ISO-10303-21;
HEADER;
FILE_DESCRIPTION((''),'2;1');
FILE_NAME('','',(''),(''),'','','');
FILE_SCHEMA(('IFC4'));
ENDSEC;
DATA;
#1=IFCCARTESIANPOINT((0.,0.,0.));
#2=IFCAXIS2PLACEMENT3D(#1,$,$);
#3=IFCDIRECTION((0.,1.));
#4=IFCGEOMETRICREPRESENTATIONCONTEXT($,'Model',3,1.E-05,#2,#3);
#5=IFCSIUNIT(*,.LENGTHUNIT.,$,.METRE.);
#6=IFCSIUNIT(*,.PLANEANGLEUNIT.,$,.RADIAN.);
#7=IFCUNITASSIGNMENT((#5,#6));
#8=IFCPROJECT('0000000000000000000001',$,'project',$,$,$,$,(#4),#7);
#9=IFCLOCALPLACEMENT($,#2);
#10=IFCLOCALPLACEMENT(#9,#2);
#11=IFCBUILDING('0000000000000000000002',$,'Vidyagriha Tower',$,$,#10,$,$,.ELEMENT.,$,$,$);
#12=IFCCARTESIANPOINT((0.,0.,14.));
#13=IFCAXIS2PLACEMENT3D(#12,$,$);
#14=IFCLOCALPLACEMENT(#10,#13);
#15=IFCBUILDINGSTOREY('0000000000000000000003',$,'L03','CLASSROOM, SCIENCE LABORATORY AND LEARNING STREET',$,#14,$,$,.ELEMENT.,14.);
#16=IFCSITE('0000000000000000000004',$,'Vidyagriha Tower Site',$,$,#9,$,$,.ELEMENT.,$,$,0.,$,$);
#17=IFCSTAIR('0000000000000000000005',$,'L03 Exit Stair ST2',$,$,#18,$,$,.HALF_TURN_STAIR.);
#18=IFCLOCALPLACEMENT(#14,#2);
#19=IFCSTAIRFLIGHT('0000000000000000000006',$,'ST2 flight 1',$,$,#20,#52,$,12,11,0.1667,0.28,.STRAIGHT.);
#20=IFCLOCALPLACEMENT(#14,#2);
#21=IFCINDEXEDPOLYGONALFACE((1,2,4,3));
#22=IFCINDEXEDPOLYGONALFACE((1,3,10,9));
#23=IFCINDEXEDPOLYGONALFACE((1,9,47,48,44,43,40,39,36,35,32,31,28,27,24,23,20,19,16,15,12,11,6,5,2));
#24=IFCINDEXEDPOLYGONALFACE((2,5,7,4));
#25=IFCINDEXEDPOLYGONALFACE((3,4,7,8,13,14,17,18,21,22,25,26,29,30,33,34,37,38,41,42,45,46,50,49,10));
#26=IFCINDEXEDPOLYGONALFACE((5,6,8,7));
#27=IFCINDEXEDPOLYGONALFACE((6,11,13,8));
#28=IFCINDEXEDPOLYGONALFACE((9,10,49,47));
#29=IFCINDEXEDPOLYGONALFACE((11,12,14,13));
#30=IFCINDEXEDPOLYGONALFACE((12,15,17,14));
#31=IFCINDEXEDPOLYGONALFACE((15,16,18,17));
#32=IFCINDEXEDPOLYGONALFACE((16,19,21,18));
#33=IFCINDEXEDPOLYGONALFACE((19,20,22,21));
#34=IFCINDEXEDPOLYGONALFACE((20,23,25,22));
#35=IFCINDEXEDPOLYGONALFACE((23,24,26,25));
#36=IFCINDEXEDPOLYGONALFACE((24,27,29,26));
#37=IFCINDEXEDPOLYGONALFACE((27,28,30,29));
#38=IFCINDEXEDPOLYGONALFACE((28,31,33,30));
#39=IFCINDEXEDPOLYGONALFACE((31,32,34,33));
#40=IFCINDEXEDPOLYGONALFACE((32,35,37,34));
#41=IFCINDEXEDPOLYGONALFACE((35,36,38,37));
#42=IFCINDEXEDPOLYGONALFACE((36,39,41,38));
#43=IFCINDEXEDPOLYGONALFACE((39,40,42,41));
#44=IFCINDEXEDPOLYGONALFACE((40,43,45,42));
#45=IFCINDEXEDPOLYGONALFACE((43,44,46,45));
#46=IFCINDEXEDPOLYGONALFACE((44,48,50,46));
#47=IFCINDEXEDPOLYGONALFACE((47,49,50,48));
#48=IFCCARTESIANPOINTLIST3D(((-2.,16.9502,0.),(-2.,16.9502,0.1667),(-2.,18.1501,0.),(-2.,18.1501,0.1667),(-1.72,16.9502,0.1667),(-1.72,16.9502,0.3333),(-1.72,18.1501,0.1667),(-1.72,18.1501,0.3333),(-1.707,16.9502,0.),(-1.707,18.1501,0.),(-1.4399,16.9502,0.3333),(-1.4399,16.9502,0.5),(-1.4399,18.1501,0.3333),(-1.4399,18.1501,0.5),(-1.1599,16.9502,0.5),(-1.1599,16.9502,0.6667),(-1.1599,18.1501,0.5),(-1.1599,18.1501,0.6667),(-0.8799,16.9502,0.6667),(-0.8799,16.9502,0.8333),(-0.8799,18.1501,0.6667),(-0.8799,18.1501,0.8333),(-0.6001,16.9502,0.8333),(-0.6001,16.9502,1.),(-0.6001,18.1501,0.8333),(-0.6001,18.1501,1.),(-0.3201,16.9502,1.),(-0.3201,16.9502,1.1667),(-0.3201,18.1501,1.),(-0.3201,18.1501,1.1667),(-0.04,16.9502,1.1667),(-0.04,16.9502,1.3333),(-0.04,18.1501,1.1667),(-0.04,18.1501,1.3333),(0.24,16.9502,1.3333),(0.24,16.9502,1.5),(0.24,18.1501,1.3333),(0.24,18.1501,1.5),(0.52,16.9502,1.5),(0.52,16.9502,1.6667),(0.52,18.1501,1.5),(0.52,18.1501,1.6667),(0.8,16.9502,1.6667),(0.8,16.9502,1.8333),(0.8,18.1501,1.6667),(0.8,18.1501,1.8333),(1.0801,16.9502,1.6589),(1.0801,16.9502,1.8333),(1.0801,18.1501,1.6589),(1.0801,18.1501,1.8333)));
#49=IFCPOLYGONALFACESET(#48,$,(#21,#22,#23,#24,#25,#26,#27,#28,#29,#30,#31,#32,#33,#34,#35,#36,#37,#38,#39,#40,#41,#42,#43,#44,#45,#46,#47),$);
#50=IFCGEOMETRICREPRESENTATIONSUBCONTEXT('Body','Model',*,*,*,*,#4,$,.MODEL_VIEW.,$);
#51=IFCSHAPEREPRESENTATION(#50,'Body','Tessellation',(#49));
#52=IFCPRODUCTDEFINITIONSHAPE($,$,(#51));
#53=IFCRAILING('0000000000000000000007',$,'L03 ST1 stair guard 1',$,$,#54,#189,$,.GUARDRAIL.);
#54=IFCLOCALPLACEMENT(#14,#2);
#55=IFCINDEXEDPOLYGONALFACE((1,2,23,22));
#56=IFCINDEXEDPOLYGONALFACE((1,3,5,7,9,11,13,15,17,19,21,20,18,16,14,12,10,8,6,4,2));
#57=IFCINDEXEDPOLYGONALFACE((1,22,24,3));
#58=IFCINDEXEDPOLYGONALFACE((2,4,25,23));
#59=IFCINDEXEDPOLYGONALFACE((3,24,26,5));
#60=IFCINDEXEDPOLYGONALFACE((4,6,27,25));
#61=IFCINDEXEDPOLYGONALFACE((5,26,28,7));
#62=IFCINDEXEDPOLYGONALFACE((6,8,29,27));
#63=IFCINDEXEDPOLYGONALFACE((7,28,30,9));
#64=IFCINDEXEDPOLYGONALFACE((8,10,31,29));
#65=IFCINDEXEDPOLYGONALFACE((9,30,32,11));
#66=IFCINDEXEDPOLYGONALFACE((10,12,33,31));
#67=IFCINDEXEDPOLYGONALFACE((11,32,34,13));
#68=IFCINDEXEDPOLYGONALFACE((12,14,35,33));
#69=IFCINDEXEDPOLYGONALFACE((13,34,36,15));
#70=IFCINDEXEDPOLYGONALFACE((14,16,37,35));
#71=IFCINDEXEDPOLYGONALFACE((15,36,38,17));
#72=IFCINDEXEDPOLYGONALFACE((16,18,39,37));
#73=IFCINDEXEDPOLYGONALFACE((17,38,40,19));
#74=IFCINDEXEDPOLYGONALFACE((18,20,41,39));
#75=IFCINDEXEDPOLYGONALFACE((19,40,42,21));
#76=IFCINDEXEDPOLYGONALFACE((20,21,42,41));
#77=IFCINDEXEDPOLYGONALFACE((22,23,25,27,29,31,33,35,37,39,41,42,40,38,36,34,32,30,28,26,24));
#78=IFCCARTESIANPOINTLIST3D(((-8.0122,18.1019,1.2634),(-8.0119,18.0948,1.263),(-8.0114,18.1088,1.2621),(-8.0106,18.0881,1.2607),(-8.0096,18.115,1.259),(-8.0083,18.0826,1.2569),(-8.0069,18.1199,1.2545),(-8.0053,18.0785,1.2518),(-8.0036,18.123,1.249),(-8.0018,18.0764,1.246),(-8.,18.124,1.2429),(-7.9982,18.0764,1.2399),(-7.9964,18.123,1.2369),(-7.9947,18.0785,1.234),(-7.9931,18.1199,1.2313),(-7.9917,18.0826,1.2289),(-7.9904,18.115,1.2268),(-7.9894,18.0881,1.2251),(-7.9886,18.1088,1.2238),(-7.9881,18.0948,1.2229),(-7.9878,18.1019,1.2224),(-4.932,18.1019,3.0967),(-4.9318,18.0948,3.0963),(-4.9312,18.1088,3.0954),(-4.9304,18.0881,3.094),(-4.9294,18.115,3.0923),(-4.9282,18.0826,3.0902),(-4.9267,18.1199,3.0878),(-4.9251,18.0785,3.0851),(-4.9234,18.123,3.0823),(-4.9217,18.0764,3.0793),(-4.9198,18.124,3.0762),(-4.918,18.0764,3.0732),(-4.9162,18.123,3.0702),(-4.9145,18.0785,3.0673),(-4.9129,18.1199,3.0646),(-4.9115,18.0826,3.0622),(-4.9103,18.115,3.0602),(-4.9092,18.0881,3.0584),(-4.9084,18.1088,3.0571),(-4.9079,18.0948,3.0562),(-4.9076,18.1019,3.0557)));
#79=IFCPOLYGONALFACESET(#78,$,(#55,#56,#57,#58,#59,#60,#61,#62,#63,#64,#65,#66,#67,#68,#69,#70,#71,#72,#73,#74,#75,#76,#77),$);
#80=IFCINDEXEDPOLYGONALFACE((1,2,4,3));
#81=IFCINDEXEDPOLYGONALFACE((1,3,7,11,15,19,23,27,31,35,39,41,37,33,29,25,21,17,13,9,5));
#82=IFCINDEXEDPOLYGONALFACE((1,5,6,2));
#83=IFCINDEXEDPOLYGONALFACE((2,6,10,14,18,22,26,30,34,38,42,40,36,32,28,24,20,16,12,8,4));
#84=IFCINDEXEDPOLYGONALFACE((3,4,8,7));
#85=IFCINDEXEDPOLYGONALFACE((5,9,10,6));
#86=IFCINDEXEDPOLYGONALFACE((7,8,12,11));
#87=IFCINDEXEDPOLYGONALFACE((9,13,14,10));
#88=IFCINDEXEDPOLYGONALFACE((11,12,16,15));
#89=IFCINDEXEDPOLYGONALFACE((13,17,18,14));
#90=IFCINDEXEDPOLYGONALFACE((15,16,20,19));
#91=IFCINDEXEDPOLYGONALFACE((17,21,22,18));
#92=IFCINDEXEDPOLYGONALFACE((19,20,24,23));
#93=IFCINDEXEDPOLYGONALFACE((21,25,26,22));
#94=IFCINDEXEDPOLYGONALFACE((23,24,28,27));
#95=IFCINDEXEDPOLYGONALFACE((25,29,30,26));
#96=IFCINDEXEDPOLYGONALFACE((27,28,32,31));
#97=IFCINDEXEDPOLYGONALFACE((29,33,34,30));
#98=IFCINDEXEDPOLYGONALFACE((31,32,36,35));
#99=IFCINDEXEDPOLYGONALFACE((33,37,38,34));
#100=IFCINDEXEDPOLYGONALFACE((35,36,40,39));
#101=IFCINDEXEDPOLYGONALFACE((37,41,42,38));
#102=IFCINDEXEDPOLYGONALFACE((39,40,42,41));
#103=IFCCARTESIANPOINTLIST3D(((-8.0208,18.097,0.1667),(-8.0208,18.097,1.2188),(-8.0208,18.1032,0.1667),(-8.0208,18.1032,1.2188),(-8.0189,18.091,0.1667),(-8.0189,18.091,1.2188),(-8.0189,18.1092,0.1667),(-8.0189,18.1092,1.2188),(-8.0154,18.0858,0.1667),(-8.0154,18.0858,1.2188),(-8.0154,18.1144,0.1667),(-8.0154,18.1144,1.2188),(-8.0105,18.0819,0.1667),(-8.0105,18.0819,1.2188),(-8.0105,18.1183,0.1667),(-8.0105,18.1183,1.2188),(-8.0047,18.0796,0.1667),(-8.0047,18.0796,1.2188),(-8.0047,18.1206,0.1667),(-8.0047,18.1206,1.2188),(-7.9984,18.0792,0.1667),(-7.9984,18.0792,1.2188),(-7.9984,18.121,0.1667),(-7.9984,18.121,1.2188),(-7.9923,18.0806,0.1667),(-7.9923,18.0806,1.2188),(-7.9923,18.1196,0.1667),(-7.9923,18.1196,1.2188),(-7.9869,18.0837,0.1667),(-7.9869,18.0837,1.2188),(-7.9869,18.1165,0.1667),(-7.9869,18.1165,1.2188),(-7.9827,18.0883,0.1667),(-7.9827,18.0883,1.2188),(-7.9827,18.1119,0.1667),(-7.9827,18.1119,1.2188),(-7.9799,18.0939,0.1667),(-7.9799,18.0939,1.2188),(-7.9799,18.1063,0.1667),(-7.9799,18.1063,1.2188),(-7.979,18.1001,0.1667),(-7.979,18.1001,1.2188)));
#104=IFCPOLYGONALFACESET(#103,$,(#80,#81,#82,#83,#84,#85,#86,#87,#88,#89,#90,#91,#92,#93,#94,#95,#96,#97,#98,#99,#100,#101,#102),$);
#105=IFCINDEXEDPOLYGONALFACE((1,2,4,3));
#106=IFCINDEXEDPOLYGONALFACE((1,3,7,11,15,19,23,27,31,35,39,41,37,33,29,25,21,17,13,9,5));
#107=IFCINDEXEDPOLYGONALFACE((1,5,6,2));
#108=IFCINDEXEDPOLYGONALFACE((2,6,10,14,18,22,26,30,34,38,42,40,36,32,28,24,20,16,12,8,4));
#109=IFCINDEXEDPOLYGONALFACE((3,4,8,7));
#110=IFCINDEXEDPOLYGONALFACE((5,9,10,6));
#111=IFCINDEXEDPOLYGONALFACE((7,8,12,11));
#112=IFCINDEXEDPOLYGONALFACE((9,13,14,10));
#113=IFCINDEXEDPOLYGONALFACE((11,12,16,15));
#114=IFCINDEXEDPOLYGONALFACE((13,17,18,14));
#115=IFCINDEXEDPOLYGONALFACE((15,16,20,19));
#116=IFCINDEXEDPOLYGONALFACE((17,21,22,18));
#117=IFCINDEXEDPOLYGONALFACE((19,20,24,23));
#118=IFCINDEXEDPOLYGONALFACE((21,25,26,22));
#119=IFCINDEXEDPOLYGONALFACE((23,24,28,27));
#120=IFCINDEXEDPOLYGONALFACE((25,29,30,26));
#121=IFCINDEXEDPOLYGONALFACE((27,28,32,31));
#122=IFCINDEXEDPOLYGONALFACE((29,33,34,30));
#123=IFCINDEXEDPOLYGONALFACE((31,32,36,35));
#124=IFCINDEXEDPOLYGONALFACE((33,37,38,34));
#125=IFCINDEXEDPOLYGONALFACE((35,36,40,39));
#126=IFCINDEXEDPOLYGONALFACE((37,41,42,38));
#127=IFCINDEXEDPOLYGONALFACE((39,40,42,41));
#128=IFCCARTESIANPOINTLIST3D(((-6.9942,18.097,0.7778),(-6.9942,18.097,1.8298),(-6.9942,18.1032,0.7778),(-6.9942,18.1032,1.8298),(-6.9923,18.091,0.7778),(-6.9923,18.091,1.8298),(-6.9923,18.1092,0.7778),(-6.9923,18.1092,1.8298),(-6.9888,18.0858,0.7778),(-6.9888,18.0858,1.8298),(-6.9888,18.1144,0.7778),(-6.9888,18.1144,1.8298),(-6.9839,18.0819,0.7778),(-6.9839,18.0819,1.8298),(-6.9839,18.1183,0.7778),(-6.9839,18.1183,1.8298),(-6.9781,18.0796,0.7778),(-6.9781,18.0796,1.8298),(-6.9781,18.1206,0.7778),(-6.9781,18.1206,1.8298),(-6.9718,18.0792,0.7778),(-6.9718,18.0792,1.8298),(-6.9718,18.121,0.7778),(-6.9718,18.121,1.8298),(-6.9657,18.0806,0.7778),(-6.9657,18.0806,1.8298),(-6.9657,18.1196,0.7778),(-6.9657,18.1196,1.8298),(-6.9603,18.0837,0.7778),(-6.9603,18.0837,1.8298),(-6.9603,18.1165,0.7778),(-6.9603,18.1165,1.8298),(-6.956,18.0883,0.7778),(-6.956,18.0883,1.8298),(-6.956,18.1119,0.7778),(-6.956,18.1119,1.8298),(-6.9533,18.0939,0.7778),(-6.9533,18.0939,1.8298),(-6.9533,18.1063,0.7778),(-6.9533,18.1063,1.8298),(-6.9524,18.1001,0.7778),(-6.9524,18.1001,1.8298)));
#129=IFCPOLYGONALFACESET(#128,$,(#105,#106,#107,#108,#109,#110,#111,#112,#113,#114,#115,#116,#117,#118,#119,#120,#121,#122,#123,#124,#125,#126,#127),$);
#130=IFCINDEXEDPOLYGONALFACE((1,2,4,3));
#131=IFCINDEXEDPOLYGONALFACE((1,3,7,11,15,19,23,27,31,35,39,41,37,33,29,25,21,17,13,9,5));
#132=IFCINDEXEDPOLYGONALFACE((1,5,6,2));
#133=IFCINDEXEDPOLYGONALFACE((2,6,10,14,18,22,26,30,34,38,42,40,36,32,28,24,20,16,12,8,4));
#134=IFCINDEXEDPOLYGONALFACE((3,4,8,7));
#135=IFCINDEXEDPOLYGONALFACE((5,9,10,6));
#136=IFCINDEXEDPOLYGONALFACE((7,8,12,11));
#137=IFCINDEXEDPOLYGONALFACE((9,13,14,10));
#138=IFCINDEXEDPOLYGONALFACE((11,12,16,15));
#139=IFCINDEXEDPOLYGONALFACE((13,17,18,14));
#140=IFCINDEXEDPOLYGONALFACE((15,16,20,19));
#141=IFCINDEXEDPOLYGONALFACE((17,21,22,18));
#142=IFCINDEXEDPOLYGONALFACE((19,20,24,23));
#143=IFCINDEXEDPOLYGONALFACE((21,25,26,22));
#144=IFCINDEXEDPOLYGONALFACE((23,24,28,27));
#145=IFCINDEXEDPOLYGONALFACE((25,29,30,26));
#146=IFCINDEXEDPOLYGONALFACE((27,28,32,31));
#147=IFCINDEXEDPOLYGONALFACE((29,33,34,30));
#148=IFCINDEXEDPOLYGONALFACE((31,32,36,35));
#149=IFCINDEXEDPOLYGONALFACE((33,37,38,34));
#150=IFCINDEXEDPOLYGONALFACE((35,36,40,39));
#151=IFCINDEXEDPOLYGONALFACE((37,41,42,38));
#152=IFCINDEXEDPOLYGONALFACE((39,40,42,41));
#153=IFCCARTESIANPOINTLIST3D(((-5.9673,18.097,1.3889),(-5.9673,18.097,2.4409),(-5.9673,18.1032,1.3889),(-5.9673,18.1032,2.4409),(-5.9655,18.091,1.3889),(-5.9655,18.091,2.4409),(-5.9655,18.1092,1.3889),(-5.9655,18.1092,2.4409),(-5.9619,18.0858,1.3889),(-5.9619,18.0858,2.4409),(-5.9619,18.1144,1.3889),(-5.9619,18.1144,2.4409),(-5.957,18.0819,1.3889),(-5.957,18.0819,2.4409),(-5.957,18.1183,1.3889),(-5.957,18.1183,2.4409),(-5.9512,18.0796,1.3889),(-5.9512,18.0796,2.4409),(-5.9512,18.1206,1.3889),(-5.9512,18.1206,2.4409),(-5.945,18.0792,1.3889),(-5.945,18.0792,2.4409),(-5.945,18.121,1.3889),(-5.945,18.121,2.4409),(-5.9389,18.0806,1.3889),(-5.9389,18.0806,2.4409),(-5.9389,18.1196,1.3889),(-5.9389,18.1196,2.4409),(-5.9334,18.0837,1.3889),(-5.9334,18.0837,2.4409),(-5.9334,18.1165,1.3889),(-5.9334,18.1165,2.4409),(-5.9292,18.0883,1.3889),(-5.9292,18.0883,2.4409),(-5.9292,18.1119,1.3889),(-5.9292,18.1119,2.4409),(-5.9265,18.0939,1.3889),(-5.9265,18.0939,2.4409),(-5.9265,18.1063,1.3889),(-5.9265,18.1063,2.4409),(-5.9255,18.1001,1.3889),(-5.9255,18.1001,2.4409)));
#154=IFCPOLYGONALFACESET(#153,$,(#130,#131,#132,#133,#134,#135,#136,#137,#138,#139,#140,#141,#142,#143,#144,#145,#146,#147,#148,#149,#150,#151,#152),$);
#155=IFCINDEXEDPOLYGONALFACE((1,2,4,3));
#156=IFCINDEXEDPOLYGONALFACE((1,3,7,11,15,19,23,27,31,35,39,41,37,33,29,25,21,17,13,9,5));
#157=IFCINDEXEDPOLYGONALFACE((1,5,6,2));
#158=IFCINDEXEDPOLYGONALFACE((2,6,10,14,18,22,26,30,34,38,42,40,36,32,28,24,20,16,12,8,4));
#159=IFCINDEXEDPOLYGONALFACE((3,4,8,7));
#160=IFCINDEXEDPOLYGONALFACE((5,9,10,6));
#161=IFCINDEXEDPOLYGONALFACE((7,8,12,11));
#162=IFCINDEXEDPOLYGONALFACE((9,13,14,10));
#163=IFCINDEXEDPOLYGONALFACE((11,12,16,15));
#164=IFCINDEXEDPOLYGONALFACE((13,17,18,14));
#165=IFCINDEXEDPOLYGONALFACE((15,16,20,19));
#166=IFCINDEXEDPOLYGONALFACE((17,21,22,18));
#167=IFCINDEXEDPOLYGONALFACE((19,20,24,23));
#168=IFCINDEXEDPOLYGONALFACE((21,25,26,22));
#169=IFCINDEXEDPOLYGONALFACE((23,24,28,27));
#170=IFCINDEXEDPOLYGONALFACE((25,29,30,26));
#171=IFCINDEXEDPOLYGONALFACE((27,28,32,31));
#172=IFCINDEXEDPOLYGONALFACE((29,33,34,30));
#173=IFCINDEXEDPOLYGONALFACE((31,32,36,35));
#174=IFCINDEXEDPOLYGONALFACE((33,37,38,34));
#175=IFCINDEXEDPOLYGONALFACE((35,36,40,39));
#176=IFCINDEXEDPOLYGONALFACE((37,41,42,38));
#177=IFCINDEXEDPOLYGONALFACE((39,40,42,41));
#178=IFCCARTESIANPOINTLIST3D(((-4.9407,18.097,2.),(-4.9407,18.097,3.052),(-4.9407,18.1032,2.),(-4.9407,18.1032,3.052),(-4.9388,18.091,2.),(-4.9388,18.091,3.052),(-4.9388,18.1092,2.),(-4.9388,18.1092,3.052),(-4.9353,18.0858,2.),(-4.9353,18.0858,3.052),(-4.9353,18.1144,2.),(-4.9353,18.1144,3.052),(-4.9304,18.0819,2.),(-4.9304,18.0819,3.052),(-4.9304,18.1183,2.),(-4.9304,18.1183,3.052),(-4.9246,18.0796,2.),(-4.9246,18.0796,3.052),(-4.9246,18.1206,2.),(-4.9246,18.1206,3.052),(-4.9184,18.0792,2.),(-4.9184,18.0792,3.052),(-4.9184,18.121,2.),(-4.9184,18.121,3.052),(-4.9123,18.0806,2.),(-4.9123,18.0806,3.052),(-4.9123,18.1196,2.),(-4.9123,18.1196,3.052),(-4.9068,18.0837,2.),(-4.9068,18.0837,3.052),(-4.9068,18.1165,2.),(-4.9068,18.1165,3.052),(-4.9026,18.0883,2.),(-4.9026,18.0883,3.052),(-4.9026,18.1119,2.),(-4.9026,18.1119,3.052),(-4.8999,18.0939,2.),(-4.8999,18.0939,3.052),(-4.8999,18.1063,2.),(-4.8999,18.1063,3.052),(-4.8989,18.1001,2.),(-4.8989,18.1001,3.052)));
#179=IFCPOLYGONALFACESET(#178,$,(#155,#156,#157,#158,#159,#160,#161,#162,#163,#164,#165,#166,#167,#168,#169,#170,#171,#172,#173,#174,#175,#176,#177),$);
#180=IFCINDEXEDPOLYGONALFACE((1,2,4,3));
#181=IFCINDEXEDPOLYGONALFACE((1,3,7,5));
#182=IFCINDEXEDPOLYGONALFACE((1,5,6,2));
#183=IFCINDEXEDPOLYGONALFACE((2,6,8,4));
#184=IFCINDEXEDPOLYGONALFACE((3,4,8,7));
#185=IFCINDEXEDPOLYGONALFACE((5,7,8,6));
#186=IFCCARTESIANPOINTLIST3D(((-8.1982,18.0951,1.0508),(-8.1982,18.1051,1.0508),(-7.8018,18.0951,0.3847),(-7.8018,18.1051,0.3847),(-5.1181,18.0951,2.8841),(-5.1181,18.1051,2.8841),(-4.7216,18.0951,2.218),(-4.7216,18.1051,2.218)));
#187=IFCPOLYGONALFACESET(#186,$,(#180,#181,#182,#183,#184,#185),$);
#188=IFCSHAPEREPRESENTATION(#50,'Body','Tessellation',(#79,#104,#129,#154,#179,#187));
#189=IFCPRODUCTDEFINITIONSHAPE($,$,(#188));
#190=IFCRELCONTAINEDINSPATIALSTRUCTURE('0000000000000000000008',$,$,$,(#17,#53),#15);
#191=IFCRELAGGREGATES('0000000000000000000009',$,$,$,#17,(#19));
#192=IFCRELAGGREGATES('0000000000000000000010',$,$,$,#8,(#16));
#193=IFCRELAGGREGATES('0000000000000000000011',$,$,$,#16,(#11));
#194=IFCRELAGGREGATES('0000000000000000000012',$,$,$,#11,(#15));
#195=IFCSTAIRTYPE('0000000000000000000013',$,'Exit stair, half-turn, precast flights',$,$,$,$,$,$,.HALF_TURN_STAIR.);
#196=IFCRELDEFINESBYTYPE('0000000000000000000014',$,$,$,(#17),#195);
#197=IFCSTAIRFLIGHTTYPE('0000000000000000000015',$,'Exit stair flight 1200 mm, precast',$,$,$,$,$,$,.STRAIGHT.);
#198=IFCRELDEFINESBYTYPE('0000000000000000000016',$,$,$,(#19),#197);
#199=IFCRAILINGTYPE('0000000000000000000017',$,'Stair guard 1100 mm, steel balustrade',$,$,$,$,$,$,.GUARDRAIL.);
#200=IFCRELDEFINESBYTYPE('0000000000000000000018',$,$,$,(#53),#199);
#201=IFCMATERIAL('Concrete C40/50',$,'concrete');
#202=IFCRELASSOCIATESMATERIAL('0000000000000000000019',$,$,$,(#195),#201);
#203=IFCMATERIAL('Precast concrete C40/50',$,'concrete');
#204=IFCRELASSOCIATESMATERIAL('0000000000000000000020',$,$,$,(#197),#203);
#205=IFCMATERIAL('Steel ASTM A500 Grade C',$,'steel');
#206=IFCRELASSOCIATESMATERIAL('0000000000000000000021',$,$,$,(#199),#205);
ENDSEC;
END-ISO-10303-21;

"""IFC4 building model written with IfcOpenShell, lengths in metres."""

from ifc_helpers import new_model, si_unit, direction, frame, origin, origin_2d, place, context, subcontext, project, spatial, polyline, rectangle, circle, outline, extrude, material, type_object, element, aggregate, save


model = new_model("IFC4")

# Units and contexts
model_context = context("Model", 3, precision=1e-05, world=origin(), true_north=direction((0.0, 1.0)))
body_context = subcontext(model_context, "Body", "Model", "MODEL_VIEW")
ifc_project = project(units=[si_unit("LENGTHUNIT", "METRE"), si_unit("PLANEANGLEUNIT", "RADIAN")], contexts=[model_context])

# Site, building, storey
site_placement = place(None, origin())
site = spatial("IfcSite", under=ifc_project, at=site_placement, Name="Vidyagriha Tower Site", CompositionType="ELEMENT", RefElevation=0.0)
building_placement = place(site_placement, origin())
building = spatial("IfcBuilding", under=site, at=building_placement, Name="Vidyagriha Tower", CompositionType="ELEMENT")
storey_placement = place(building_placement, frame((0.0, 0.0, 14.0)))
storey = spatial("IfcBuildingStorey", under=building, at=storey_placement, Name="L03", Description="CLASSROOM, SCIENCE LABORATORY AND LEARNING STREET", CompositionType="ELEMENT", Elevation=14.0)

# Shared definitions
ifc_material_1 = material(Name="Concrete C40/50", Category="concrete")
stair_type_1 = type_object("IfcStairType", Name="Exit stair, half-turn, precast flights", PredefinedType="HALF_TURN_STAIR", material=ifc_material_1)
ifc_material_2 = material(Name="Precast concrete C40/50", Category="concrete")
stair_flight_type = type_object("IfcStairFlightType", Name="Exit stair flight 1200 mm, precast", PredefinedType="STRAIGHT", material=ifc_material_2)

# Stair, stair flight
stair_1_placement = place(storey_placement, origin())
stair_1 = element("IfcStair", 1, at=stair_1_placement, inside=storey, type_object=stair_type_1, Name="L03 Exit Stair ST2", PredefinedType="HALF_TURN_STAIR")
stair_flight_1_placement = place(storey_placement, frame((-2.0, 17.55, 0.0)))
stair_flight_1 = element("IfcStairFlight", 2, at=stair_flight_1_placement, type_object=stair_flight_type, Name="ST2 flight 1", NumberOfRisers=12, NumberOfTreads=11, PredefinedType="STRAIGHT", RiserHeight=0.1667, TreadLength=0.28, context=body_context, shape_type="SweptSolid", body=[
    extrude(outline(polyline([(0.0, 0.0), (0.0, 0.1667), (0.28, 0.1667), (0.28, 0.3333), (0.5601, 0.3333), (0.5601, 0.5), (0.8401, 0.5), (0.8401, 0.6667), (1.1201, 0.6667), (1.1201, 0.8333), (1.3999, 0.8333), (1.3999, 1.0), (1.6799, 1.0), (1.6799, 1.1667), (1.96, 1.1667), (1.96, 1.3333), (2.24, 1.3333), (2.24, 1.5), (2.52, 1.5), (2.52, 1.6667), (2.8, 1.6667), (2.8, 1.8333), (3.0801, 1.8333), (3.0801, 2.0), (3.0801, 1.6589), (0.293, 0.0), (0.0, 0.0)])), frame((0.0, 0.6001, 0.0), z_axis=(0.0, -1.0, 0.0), x_axis=(1.0, 0.0, 0.0)), (0.0, 0.0, 1.0), 1.2),
])
aggregate(stair_1, [stair_flight_1])

# Railing
ifc_material_3 = material(Name="Steel ASTM A500 Grade C", Category="steel")
railing_type_1 = type_object("IfcRailingType", Name="Stair guard 1100 mm, steel balustrade", PredefinedType="GUARDRAIL", material=ifc_material_3)
railing_1_placement = place(storey_placement, frame((-8.0, 18.1001, 0.1667)))
element("IfcRailing", 3, at=railing_1_placement, inside=storey, type_object=railing_type_1, Name="L03 ST1 stair guard 1", PredefinedType="GUARDRAIL", context=body_context, shape_type="SweptSolid", body=[
    extrude(circle(Radius=0.0239, at=origin_2d()), frame((0.0, 0.0, 1.0762), z_axis=(0.859309, 0.0, 0.511458), x_axis=(0.0, 1.0, 0.0)), (0.0, 0.0, 1.0), 3.5845),
    extrude(circle(Radius=0.021, at=origin_2d()), origin(), (0.0, 0.0, 1.0), 1.052),
    extrude(circle(Radius=0.021, at=origin_2d()), frame((1.0266, 0.0, 0.6111)), (0.0, 0.0, 1.0), 1.052),
    extrude(circle(Radius=0.021, at=origin_2d()), frame((2.0535, 0.0, 1.2222)), (0.0, 0.0, 1.0), 1.052),
    extrude(circle(Radius=0.021, at=origin_2d()), frame((3.0801, 0.0, 1.8333)), (0.0, 0.0, 1.0), 1.052),
    extrude(rectangle(XDim=0.01, YDim=0.7751, at=origin_2d()), frame((0.0, 0.0, 0.551), z_axis=(0.859309, 0.0, 0.511458), x_axis=(0.0, 1.0, 0.0)), (0.0, 0.0, 1.0), 3.5845),
])

save(model, "model.ifc")
